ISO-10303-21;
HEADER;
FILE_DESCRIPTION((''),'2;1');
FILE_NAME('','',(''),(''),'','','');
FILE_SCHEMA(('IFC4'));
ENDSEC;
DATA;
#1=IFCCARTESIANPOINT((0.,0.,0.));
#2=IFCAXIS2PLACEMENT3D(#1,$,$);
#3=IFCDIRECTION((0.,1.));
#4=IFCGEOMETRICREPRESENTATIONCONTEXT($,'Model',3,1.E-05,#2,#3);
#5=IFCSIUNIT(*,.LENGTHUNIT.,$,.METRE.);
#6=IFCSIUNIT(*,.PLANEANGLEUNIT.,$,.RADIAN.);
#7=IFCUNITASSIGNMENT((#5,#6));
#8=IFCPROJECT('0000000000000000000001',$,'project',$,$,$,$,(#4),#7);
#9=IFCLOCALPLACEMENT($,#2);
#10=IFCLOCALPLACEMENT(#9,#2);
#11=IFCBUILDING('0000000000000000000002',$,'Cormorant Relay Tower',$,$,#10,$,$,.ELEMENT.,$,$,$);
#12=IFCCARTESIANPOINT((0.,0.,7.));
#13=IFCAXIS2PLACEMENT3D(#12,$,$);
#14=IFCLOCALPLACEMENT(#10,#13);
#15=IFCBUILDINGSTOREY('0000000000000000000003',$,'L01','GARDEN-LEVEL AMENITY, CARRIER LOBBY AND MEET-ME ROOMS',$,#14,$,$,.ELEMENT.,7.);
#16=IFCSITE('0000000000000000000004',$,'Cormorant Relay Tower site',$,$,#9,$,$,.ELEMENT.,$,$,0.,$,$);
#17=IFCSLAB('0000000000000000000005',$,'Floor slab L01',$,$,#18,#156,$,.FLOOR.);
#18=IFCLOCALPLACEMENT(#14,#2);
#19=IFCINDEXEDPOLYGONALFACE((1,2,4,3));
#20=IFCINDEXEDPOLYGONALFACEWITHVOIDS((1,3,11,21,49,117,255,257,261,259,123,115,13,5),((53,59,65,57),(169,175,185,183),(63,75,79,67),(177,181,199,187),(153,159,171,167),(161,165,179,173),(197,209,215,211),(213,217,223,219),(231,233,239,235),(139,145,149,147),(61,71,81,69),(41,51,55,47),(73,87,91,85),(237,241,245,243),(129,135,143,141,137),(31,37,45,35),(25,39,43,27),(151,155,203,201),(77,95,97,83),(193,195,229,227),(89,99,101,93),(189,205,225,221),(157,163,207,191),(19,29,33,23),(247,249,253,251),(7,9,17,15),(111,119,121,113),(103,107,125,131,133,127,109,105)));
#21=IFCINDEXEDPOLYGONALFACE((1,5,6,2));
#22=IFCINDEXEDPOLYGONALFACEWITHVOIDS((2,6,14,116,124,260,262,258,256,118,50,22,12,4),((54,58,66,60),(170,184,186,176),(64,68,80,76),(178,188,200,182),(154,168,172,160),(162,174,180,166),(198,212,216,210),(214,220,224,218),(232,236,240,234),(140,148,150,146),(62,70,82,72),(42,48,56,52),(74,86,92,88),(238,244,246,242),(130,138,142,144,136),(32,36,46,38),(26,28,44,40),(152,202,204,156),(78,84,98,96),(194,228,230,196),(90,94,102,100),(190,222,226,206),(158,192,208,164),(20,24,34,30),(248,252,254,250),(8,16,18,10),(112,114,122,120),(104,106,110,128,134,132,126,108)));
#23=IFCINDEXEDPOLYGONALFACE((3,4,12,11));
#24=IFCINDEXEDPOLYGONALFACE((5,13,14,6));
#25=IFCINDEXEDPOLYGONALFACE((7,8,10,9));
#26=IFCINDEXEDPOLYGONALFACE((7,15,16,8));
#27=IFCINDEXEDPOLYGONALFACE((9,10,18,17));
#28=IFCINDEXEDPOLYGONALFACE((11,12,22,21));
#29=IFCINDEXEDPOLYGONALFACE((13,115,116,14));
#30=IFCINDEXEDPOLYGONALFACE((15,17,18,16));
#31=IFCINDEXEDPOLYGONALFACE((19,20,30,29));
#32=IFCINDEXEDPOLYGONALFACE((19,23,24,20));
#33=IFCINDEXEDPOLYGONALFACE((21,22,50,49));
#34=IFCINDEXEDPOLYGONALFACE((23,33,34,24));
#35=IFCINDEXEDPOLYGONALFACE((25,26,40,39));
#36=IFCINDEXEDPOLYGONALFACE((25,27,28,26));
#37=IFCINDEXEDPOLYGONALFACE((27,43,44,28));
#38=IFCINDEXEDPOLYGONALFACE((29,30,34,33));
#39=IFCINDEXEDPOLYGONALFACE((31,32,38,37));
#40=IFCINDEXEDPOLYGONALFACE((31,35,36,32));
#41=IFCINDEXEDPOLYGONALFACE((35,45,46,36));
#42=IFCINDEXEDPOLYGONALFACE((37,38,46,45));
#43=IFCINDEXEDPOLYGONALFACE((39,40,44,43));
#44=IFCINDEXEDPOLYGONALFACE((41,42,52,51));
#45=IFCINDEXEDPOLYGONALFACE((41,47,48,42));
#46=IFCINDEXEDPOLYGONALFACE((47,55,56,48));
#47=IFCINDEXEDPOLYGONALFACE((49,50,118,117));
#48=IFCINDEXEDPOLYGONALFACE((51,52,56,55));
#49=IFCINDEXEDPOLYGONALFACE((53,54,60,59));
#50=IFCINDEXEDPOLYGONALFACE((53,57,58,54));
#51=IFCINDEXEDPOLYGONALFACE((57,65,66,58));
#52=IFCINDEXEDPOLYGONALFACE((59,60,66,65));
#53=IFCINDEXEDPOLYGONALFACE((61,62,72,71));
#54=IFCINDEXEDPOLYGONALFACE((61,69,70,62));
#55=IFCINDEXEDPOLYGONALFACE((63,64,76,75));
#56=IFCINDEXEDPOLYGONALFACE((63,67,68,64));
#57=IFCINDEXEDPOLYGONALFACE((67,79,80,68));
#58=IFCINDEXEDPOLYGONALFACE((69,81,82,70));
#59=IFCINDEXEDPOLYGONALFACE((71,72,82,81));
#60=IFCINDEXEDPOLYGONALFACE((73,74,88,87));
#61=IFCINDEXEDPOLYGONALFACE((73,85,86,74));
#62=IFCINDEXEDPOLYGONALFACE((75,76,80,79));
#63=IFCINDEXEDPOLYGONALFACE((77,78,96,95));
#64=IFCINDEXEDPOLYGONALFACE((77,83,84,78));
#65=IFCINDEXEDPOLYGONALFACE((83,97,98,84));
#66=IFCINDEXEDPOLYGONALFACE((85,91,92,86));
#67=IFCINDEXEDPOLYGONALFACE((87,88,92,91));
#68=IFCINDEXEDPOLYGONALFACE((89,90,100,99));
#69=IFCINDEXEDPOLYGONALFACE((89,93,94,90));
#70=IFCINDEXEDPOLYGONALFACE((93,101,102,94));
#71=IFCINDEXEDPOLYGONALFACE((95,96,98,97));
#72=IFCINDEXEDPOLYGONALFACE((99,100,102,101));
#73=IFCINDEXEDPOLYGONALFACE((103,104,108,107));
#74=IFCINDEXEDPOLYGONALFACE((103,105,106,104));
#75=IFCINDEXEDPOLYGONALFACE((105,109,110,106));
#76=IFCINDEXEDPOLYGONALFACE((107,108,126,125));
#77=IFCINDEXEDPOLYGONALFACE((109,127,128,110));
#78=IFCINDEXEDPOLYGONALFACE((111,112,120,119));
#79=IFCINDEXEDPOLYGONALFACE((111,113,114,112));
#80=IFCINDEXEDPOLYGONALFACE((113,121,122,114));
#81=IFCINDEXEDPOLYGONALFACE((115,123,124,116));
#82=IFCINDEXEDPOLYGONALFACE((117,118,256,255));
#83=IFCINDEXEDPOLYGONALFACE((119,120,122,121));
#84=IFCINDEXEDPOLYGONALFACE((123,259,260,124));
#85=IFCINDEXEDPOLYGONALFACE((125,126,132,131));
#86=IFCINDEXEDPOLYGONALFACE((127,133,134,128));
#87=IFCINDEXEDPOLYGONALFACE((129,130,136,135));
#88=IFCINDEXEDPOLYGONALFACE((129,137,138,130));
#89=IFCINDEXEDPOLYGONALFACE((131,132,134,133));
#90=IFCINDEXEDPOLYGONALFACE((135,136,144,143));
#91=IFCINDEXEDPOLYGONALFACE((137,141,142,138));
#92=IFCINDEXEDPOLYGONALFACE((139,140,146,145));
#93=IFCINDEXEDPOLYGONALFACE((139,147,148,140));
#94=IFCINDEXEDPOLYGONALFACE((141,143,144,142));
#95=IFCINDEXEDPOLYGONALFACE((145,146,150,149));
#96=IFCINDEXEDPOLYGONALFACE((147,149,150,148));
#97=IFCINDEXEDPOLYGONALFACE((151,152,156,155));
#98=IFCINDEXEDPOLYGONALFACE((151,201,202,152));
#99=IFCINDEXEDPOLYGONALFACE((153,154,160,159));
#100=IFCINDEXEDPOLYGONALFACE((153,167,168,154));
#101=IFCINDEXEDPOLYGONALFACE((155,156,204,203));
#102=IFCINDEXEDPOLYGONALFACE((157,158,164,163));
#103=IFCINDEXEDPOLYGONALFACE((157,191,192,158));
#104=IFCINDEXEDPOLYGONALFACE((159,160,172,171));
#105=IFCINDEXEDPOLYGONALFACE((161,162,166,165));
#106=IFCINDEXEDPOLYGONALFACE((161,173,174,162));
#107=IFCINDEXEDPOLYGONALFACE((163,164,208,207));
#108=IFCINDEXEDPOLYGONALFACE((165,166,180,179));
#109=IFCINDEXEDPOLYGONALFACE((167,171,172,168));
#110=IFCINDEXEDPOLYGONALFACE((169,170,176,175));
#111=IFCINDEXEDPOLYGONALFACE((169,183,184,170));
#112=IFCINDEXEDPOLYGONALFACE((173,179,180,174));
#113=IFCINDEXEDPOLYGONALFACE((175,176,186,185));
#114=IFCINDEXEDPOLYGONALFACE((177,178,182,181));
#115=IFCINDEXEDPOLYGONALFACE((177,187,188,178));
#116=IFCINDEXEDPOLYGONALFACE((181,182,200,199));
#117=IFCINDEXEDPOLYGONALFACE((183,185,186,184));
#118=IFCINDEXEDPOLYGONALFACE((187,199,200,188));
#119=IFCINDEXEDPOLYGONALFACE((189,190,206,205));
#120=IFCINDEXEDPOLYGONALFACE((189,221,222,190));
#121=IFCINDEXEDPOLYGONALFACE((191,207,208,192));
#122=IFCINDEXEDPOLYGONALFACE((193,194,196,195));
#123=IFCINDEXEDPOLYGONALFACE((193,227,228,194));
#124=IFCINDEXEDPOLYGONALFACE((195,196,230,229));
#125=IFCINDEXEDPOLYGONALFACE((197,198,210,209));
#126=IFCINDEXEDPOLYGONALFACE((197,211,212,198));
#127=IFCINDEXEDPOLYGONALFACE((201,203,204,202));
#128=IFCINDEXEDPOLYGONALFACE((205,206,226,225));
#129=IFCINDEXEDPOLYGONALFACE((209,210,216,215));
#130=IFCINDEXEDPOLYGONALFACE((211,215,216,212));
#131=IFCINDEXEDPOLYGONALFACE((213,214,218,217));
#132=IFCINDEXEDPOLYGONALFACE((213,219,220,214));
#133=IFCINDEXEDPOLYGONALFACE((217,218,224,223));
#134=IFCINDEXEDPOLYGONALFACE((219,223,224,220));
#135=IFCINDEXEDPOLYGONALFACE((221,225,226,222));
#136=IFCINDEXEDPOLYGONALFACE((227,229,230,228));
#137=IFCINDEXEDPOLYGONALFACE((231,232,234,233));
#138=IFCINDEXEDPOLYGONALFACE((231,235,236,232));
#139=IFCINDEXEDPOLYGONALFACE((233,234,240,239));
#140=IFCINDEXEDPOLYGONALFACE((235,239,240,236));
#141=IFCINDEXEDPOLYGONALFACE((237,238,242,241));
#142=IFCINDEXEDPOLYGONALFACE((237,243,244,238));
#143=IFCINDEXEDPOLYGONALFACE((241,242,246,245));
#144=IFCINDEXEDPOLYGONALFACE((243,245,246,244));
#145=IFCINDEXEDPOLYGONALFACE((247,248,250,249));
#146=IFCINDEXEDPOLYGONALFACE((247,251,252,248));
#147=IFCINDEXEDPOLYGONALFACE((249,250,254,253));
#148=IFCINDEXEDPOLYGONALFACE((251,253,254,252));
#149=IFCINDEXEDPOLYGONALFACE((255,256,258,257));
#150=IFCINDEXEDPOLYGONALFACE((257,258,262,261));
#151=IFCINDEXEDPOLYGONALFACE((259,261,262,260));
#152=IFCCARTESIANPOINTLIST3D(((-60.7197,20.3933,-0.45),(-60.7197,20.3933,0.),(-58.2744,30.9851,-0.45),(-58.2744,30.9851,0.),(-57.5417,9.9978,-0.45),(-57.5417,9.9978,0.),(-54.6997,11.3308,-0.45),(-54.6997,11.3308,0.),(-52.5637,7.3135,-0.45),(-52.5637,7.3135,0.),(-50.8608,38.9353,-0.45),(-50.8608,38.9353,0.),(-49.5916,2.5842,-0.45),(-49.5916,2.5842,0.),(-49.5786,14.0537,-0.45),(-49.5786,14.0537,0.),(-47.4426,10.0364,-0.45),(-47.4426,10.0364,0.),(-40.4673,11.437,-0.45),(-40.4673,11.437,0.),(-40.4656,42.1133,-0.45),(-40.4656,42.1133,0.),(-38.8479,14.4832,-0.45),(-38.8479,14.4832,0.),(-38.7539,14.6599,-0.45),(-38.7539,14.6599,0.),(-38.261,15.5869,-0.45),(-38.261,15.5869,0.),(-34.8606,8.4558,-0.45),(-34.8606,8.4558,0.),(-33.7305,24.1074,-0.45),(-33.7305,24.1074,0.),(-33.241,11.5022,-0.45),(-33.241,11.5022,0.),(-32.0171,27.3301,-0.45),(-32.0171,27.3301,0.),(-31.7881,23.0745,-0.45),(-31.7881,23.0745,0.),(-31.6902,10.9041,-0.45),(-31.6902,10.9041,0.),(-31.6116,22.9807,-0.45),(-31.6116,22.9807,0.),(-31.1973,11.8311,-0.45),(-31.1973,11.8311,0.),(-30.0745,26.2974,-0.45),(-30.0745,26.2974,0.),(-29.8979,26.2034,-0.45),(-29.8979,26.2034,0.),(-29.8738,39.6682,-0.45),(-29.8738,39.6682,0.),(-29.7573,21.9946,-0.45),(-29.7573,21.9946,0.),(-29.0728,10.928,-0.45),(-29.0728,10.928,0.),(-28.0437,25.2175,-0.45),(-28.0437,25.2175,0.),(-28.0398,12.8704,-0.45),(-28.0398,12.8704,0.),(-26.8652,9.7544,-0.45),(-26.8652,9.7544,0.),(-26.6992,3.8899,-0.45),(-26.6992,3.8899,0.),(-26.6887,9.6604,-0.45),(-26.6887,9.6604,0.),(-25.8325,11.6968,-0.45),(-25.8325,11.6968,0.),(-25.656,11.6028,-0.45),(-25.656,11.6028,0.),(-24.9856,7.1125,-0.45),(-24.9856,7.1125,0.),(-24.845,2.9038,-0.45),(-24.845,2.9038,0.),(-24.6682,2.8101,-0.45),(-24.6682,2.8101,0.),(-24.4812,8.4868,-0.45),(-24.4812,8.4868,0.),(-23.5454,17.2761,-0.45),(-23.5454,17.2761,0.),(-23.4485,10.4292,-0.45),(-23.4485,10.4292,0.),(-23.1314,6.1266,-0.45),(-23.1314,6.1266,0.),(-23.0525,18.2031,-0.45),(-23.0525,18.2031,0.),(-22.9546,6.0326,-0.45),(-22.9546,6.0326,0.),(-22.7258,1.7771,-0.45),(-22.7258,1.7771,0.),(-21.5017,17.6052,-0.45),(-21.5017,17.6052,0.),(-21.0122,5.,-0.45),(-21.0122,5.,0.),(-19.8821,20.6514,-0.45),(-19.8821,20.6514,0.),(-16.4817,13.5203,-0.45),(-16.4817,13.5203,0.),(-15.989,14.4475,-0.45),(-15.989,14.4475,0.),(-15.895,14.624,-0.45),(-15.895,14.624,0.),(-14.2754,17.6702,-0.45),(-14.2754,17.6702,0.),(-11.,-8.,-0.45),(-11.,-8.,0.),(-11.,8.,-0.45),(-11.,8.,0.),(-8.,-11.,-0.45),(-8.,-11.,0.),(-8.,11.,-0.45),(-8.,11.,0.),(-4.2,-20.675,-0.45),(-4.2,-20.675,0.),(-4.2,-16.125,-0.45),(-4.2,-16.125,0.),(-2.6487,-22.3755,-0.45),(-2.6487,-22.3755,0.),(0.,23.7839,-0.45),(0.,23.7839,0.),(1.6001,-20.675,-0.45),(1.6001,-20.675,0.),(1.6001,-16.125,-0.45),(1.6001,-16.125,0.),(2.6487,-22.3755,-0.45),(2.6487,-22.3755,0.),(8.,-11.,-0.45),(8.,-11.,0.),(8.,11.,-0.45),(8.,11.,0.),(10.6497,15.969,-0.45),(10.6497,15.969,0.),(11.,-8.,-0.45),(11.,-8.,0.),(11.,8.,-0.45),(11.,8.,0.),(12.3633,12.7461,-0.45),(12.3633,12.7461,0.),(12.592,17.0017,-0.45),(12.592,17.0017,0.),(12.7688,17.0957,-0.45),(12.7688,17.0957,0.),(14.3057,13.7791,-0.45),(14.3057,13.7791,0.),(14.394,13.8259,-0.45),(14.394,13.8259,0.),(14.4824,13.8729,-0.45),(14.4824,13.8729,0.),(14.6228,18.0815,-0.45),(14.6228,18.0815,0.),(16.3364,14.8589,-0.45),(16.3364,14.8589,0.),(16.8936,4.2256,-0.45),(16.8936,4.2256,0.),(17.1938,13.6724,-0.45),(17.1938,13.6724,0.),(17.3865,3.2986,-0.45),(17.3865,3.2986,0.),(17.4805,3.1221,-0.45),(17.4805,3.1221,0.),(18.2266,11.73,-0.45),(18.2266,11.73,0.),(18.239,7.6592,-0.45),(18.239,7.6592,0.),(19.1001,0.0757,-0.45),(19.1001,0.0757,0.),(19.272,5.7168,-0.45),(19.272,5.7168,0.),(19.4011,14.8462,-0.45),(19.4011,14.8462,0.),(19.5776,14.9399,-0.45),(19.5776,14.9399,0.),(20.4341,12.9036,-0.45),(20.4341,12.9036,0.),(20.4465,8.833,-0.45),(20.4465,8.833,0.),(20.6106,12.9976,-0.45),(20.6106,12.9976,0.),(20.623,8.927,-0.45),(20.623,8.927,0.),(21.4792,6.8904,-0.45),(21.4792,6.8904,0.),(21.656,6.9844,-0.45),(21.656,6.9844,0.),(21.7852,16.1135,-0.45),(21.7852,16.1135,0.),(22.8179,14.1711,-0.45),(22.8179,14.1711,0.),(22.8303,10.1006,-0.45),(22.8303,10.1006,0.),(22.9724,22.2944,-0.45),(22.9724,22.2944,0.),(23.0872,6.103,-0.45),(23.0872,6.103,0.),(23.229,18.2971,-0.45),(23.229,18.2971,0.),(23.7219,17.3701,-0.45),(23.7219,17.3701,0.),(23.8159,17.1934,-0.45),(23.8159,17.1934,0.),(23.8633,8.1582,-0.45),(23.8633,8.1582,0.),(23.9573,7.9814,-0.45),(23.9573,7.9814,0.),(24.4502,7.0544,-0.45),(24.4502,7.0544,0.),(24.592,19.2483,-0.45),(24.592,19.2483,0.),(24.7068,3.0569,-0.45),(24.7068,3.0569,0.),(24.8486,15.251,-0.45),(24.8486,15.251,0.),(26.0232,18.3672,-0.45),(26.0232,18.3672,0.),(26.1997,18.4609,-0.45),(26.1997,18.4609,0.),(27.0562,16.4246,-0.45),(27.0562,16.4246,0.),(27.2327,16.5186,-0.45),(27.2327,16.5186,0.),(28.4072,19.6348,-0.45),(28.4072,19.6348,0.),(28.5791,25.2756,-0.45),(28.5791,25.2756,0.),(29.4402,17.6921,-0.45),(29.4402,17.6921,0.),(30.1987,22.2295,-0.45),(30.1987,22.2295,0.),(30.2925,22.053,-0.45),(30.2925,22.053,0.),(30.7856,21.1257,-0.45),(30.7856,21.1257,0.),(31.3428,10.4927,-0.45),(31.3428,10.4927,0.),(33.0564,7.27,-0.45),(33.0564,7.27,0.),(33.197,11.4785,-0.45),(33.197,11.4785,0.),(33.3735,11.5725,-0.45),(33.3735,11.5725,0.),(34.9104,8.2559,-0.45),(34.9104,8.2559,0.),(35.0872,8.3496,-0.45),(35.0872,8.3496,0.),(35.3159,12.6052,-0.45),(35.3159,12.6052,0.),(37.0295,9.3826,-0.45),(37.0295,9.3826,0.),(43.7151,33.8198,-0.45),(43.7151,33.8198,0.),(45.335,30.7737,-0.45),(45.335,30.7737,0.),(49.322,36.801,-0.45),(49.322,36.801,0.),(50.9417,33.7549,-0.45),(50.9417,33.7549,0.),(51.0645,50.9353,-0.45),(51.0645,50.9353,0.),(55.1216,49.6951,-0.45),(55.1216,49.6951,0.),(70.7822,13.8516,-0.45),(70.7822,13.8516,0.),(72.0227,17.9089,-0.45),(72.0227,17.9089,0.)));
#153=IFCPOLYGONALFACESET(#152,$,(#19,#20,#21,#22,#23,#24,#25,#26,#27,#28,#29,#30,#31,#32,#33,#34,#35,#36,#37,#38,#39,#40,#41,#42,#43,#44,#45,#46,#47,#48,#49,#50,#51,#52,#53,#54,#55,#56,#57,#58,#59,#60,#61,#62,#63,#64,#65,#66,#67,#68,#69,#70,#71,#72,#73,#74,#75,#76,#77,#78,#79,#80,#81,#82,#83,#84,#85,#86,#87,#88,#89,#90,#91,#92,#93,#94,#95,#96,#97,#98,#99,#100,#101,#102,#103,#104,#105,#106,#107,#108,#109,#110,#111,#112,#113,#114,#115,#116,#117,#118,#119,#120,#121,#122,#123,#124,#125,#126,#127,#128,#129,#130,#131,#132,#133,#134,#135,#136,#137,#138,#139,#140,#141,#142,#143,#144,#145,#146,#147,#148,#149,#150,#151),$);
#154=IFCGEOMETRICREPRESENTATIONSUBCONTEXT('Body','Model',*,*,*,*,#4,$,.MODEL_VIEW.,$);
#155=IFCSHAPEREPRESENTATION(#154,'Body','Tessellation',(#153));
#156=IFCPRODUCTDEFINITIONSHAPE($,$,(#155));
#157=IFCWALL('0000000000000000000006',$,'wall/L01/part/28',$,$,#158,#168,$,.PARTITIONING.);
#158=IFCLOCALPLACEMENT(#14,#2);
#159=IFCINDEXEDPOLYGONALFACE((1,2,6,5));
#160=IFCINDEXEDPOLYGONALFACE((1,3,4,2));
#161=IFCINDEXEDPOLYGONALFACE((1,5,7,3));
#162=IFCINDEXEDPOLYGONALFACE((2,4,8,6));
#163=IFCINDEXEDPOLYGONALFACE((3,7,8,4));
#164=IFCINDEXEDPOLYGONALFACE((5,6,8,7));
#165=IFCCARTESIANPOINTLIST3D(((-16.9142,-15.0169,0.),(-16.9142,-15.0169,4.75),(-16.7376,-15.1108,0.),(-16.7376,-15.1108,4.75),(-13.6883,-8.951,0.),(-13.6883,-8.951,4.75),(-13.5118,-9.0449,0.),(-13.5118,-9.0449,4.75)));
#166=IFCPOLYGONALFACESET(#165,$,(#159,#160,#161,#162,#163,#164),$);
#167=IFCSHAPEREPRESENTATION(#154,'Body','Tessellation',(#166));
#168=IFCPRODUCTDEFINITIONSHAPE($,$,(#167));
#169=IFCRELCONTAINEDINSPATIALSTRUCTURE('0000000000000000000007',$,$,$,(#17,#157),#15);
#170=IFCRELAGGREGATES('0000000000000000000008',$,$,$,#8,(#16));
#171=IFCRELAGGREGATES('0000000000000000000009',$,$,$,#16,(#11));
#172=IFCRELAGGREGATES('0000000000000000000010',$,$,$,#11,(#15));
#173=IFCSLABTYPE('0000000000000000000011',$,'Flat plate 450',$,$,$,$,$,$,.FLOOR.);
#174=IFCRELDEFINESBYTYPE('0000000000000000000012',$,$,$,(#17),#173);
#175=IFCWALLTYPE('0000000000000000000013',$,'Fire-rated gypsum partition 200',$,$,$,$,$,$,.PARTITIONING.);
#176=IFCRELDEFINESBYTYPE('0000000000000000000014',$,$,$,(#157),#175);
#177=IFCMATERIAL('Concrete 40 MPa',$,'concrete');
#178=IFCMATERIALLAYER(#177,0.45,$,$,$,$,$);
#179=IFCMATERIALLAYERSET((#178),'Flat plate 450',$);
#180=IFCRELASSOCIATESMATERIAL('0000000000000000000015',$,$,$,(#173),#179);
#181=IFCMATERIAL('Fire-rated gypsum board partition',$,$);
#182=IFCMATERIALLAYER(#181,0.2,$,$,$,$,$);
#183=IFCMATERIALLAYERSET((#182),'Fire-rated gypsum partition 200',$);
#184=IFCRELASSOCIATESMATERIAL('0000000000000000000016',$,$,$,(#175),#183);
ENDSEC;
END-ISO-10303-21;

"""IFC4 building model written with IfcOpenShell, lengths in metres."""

from ifc_helpers import new_model, si_unit, direction, frame, frame_2d, origin, place, context, subcontext, project, spatial, polyline, rectangle, outline, extrude, material, layer, layer_set, type_object, element, save


model = new_model("IFC4")

# Units and contexts
model_context = context("Model", 3, precision=1e-05, world=origin(), true_north=direction((0.0, 1.0)))
body_context = subcontext(model_context, "Body", "Model", "MODEL_VIEW")
ifc_project = project(units=[si_unit("LENGTHUNIT", "METRE"), si_unit("PLANEANGLEUNIT", "RADIAN")], contexts=[model_context])

# Site, building, storey
site_placement = place(None, origin())
site = spatial("IfcSite", under=ifc_project, at=site_placement, Name="Cormorant Relay Tower site", CompositionType="ELEMENT", RefElevation=0.0)
building_placement = place(site_placement, origin())
building = spatial("IfcBuilding", under=site, at=building_placement, Name="Cormorant Relay Tower", CompositionType="ELEMENT")
storey_placement = place(building_placement, frame((0.0, 0.0, 7.0)))
storey = spatial("IfcBuildingStorey", under=building, at=storey_placement, Name="L01", Description="GARDEN-LEVEL AMENITY, CARRIER LOBBY AND MEET-ME ROOMS", CompositionType="ELEMENT", Elevation=7.0)

# Slab
ifc_material_1 = material(Name="Concrete 40 MPa", Category="concrete")
ifc_layer_1 = layer(ifc_material_1, 0.45)
ifc_layer_set_1 = layer_set([ifc_layer_1], Name="Flat plate 450")
slab_type_1 = type_object("IfcSlabType", Name="Flat plate 450", PredefinedType="FLOOR", material=ifc_layer_set_1)
slab_1_placement = place(storey_placement, frame((0.0, 0.0, -0.45)))
element("IfcSlab", 1, at=slab_1_placement, inside=storey, type_object=slab_type_1, Name="Floor slab L01", PredefinedType="FLOOR", context=body_context, shape_type="SweptSolid", body=[
    extrude(outline(polyline([(-60.7197, 20.3933), (-58.2744, 30.9851), (-50.8608, 38.9353), (-40.4656, 42.1133), (-29.8738, 39.6682), (0.0, 23.7839), (51.0645, 50.9353), (55.1216, 49.6951), (72.0227, 17.9089), (70.7822, 13.8516), (2.6487, -22.3755), (-2.6487, -22.3755), (-49.5916, 2.5842), (-57.5417, 9.9978), (-60.7197, 20.3933)]), holes=[polyline([(11.0, -8.0), (11.0, 8.0), (8.0, 11.0), (-8.0, 11.0), (-11.0, 8.0), (-11.0, -8.0), (-8.0, -11.0), (8.0, -11.0), (11.0, -8.0)]), polyline([(-4.2, -16.125), (-4.2, -20.675), (1.6001, -20.675), (1.6001, -16.125), (-4.2, -16.125)]), polyline([(-22.9546, 6.0327), (-24.6682, 2.8101), (-22.7258, 1.7771), (-21.0122, 5.0), (-23.043, 6.0796), (-22.9546, 6.0327)]), polyline([(-24.9856, 7.1125), (-26.6992, 3.8899), (-24.845, 2.9038), (-23.1313, 6.1267), (-23.043, 6.0796), (-24.9856, 7.1125)]), polyline([(-26.6887, 9.6604), (-24.4812, 8.4868), (-23.4485, 10.4292), (-25.656, 11.6028), (-26.6887, 9.6604)]), polyline([(-49.5786, 14.0537), (-54.6997, 11.3308), (-52.5637, 7.3135), (-47.4426, 10.0364), (-49.5786, 14.0537)]), polyline([(-28.0398, 12.8704), (-29.0728, 10.928), (-26.8652, 9.7544), (-25.8325, 11.6968), (-28.0398, 12.8704)]), polyline([(-38.8479, 14.4832), (-40.4673, 11.437), (-34.8606, 8.4558), (-33.241, 11.5022), (-38.8479, 14.4832)]), polyline([(-38.261, 15.5869), (-38.7539, 14.6599), (-31.6902, 10.9041), (-31.1973, 11.8311), (-38.261, 15.5869)]), polyline([(14.3057, 13.7791), (12.592, 17.0017), (10.6497, 15.969), (12.3633, 12.7461), (14.394, 13.8259), (14.3057, 13.7791)]), polyline([(16.3364, 14.8589), (14.6228, 18.0815), (12.7688, 17.0957), (14.4824, 13.8728), (14.394, 13.8259), (16.3364, 14.8589)]), polyline([(-16.4817, 13.5203), (-15.989, 14.4475), (-23.0525, 18.2031), (-23.5454, 17.2761), (-16.4817, 13.5203)]), polyline([(-21.5017, 17.6052), (-15.895, 14.624), (-14.2754, 17.6702), (-19.8821, 20.6514), (-21.5017, 17.6052)]), polyline([(-31.6116, 22.9807), (-29.7573, 21.9946), (-28.0437, 25.2175), (-29.8979, 26.2034), (-31.6116, 22.9807)]), polyline([(-33.7305, 24.1074), (-31.7881, 23.0745), (-30.0745, 26.2974), (-32.0171, 27.3301), (-33.7305, 24.1074)]), polyline([(23.0872, 6.103), (17.4805, 3.1221), (19.1001, 0.0757), (24.7068, 3.0569), (23.0872, 6.103)]), polyline([(16.8936, 4.2256), (17.3865, 3.2986), (24.4502, 7.0544), (23.9573, 7.9814), (16.8936, 4.2256)]), polyline([(20.4465, 8.833), (18.239, 7.6592), (19.272, 5.7168), (21.4792, 6.8904), (20.4465, 8.833)]), polyline([(22.8303, 10.1006), (20.623, 8.927), (21.656, 6.9844), (23.8633, 8.1582), (22.8303, 10.1006)]), polyline([(33.197, 11.4785), (31.3428, 10.4927), (33.0564, 7.27), (34.9104, 8.2559), (33.197, 11.4785)]), polyline([(33.3735, 11.5725), (35.0872, 8.3496), (37.0295, 9.3826), (35.3159, 12.6052), (33.3735, 11.5725)]), polyline([(19.4011, 14.8462), (17.1938, 13.6724), (18.2266, 11.73), (20.4341, 12.9036), (19.4011, 14.8462)]), polyline([(22.8179, 14.1711), (21.7852, 16.1135), (19.5776, 14.9399), (20.6106, 12.9976), (22.8179, 14.1711)]), polyline([(26.0232, 18.3672), (23.8159, 17.1934), (24.8486, 15.251), (27.0562, 16.4246), (26.0232, 18.3672)]), polyline([(29.4402, 17.6921), (28.4072, 19.6348), (26.1997, 18.4609), (27.2327, 16.5186), (29.4402, 17.6921)]), polyline([(30.7856, 21.1257), (30.2925, 22.053), (23.229, 18.2971), (23.7219, 17.3701), (30.7856, 21.1257)]), polyline([(24.592, 19.2483), (30.1987, 22.2295), (28.5791, 25.2756), (22.9724, 22.2944), (24.592, 19.2483)]), polyline([(45.335, 30.7737), (50.9417, 33.7549), (49.322, 36.801), (43.7151, 33.8198), (45.335, 30.7737)])]), origin(), (0.0, 0.0, 1.0), 0.45),
])

# Wall
ifc_material_2 = material(Name="Fire-rated gypsum board partition")
ifc_layer_2 = layer(ifc_material_2, 0.2)
ifc_layer_set_2 = layer_set([ifc_layer_2], Name="Fire-rated gypsum partition 200")
wall_type_1 = type_object("IfcWallType", Name="Fire-rated gypsum partition 200", PredefinedType="PARTITIONING", material=ifc_layer_set_2)
wall_1_placement = place(storey_placement, frame((-13.6001, -8.998, 0.0), z_axis=(0.0, 0.0, 1.0), x_axis=(-0.469531, -0.882916, 0.0)))
element("IfcWall", 2, at=wall_1_placement, inside=storey, type_object=wall_type_1, Name="wall/L01/part/28", PredefinedType="PARTITIONING", context=body_context, shape_type="SweptSolid", body=[
    extrude(rectangle(XDim=6.8704, YDim=0.2, at=frame_2d((3.4351, 0.0))), origin(), (0.0, 0.0, 1.0), 4.75),
])

save(model, "model.ifc")
